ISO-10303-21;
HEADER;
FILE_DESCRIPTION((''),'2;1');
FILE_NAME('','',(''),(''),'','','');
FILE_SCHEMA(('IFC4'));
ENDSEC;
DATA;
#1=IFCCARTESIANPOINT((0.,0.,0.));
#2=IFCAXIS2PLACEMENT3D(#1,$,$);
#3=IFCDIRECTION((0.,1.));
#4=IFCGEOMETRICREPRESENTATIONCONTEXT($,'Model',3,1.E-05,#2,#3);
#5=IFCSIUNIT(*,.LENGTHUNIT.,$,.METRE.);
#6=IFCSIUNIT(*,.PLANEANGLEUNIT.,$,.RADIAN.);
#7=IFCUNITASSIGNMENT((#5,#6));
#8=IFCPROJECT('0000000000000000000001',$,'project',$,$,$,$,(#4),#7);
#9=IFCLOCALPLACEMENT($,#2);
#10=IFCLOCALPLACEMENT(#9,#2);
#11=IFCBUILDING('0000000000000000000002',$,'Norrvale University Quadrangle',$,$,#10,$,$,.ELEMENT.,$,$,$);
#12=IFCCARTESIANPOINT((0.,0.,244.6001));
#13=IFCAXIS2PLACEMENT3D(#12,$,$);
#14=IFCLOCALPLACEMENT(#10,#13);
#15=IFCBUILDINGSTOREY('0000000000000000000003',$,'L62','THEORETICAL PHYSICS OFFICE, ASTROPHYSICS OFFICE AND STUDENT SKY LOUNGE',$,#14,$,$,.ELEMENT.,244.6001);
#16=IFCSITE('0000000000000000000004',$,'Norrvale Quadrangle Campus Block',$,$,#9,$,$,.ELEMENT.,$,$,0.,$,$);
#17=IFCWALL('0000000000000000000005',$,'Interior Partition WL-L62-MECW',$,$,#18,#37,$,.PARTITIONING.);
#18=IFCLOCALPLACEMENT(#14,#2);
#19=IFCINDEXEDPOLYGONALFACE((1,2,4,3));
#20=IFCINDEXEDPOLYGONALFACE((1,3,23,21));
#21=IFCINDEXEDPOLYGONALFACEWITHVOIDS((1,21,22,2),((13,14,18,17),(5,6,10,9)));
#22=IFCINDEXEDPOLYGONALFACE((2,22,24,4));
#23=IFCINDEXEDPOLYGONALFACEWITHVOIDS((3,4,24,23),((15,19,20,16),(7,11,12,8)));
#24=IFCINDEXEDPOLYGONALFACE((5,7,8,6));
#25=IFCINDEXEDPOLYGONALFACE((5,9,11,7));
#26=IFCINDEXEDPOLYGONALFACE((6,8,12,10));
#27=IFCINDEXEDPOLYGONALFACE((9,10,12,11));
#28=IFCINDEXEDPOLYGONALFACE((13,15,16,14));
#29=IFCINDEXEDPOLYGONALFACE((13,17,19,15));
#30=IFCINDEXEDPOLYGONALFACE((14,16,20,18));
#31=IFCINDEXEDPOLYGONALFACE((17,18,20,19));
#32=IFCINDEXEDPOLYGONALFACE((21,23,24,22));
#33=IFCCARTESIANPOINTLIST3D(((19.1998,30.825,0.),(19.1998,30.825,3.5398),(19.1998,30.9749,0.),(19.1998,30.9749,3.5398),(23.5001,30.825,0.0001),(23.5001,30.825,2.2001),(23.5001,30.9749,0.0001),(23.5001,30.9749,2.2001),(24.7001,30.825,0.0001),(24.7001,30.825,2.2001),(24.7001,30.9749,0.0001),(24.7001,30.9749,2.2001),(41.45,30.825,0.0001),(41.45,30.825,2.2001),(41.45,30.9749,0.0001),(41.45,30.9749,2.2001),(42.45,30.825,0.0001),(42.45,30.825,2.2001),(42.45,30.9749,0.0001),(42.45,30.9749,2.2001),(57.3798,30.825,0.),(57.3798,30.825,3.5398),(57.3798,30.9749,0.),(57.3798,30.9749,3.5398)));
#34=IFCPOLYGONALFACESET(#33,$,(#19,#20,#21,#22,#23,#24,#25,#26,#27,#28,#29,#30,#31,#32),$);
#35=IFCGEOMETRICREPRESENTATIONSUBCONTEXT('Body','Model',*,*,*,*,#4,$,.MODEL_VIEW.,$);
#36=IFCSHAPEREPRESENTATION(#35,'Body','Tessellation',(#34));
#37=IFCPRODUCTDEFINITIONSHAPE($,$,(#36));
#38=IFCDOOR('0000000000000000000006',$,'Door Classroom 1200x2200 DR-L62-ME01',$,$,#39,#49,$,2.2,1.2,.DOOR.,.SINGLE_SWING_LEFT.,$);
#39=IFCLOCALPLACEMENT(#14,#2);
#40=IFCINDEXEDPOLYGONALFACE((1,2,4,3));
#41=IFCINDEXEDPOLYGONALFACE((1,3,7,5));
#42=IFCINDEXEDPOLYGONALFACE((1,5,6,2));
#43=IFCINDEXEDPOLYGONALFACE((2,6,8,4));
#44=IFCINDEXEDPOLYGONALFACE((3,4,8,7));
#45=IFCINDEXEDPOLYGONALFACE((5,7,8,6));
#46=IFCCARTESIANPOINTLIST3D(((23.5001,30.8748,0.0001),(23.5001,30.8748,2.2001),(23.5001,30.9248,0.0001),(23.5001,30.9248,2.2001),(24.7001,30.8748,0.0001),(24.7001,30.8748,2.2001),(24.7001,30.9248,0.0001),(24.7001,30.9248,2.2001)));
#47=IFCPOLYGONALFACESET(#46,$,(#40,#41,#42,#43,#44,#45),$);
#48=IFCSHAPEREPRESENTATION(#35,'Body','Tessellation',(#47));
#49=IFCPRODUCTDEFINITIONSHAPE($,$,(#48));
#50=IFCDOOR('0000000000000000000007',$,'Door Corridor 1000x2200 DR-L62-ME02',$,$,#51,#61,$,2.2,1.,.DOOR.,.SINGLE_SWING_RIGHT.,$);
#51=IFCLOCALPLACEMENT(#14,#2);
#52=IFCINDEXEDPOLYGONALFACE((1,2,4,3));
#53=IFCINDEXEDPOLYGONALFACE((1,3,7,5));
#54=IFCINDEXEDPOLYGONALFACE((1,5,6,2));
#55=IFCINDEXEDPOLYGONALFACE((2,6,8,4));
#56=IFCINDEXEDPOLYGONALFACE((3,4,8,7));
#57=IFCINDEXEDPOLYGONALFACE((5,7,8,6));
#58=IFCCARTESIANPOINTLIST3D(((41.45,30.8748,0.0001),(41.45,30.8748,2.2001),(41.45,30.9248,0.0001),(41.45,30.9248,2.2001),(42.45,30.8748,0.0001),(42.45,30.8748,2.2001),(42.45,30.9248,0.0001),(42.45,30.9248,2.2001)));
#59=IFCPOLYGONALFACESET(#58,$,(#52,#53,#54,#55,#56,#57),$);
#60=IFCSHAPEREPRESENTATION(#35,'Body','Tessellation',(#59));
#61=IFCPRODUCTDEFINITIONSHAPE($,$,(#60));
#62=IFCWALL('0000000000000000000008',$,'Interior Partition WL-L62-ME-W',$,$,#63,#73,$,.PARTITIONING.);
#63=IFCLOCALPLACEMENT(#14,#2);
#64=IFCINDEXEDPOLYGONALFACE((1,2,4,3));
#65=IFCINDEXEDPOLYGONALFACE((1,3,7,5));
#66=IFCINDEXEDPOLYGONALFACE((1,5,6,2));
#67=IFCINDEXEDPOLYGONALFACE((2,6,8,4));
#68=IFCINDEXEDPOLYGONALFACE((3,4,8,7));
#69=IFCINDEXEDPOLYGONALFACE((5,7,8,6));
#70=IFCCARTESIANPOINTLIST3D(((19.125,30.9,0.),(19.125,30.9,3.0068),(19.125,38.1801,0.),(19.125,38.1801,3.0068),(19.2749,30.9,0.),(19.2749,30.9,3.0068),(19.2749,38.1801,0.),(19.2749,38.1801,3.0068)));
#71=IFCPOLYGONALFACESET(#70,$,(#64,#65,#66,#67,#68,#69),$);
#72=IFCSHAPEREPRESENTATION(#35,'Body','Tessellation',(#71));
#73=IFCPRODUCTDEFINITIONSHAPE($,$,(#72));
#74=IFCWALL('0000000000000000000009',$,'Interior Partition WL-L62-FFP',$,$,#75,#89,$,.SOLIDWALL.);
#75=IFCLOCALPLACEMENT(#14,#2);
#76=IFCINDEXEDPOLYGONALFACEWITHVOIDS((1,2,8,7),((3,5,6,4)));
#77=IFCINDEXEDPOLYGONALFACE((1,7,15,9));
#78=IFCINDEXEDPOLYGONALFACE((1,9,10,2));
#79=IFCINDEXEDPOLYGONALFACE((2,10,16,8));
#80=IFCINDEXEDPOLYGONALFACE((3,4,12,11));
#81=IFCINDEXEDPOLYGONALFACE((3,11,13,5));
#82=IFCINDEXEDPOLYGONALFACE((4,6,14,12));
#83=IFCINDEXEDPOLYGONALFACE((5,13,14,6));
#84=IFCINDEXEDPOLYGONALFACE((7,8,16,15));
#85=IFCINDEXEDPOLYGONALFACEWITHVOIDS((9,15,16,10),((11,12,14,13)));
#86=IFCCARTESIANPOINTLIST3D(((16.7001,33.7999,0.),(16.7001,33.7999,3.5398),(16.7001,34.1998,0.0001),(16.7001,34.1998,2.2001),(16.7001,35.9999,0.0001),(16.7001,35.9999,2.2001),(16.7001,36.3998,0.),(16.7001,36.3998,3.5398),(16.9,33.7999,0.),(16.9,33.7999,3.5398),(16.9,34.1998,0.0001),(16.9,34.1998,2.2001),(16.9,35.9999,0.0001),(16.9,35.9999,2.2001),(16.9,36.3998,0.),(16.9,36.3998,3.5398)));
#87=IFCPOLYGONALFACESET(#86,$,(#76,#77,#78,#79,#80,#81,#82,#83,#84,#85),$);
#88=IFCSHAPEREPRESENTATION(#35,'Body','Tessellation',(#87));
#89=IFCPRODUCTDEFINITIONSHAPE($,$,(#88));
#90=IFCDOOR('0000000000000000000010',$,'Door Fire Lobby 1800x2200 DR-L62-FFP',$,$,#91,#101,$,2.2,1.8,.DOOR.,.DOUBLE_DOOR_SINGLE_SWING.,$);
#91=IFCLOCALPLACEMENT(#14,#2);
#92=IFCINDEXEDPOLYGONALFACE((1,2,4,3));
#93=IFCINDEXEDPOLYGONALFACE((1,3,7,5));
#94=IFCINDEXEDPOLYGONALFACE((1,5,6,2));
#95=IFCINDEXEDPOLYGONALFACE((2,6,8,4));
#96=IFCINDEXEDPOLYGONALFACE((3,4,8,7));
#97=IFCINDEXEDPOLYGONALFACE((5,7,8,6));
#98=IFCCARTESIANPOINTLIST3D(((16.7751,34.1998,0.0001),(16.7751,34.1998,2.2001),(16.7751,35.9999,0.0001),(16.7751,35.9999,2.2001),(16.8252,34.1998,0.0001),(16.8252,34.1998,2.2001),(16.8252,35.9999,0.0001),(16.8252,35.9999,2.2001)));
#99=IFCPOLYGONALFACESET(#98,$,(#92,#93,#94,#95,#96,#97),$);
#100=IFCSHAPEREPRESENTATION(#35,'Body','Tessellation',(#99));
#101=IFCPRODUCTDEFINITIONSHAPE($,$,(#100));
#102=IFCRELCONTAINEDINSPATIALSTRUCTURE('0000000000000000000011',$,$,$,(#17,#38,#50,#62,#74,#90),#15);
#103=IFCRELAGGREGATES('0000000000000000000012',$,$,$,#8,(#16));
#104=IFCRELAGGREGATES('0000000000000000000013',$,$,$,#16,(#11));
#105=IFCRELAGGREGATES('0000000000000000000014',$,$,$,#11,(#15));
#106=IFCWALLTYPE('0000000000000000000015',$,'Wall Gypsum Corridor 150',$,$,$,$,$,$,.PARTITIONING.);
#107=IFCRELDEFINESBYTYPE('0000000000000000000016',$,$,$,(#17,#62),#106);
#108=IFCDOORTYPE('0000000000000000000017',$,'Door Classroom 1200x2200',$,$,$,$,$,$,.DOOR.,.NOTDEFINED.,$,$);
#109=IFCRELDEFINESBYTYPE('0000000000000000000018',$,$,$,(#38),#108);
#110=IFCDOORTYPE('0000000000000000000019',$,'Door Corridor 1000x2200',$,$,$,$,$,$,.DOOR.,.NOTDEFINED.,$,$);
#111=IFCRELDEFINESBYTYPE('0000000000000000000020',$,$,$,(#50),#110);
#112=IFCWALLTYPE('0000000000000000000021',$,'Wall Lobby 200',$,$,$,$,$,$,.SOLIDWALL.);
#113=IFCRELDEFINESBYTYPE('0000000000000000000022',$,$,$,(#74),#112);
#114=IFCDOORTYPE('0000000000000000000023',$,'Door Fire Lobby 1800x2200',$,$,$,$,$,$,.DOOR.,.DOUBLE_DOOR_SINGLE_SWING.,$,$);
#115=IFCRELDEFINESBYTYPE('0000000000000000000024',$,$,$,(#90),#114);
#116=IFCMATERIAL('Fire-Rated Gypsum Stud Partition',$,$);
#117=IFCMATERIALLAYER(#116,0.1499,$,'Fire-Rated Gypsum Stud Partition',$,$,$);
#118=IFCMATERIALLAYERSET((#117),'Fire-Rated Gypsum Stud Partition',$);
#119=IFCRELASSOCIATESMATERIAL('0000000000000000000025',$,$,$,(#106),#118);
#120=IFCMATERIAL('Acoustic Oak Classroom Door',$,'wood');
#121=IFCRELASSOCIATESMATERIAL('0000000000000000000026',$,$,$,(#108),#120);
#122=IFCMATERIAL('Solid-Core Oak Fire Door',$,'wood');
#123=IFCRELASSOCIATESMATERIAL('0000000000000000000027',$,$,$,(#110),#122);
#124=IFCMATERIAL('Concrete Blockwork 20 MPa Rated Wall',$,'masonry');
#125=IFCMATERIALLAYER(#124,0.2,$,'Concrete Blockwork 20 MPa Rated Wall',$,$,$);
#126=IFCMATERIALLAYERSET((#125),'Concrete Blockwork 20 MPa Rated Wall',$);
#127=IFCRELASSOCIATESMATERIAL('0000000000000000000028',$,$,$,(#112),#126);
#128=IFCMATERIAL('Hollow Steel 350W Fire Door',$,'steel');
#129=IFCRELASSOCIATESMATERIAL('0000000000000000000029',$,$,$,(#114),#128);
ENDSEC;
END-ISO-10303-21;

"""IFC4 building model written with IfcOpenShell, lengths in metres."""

from ifc_helpers import new_model, si_unit, direction, frame, frame_2d, origin, place, context, subcontext, project, spatial, rectangle, extrude, material, layer, layer_set, type_object, element, fill, save


model = new_model("IFC4")

# Units and contexts
model_context = context("Model", 3, precision=1e-05, world=origin(), true_north=direction((0.0, 1.0)))
body_context = subcontext(model_context, "Body", "Model", "MODEL_VIEW")
ifc_project = project(units=[si_unit("LENGTHUNIT", "METRE"), si_unit("PLANEANGLEUNIT", "RADIAN")], contexts=[model_context])

# Site, building, storey
site_placement = place(None, origin())
site = spatial("IfcSite", under=ifc_project, at=site_placement, Name="Norrvale Quadrangle Campus Block", CompositionType="ELEMENT", RefElevation=0.0)
building_placement = place(site_placement, origin())
building = spatial("IfcBuilding", under=site, at=building_placement, Name="Norrvale University Quadrangle", CompositionType="ELEMENT")
storey_placement = place(building_placement, frame((0.0, 0.0, 244.6001)))
storey = spatial("IfcBuildingStorey", under=building, at=storey_placement, Name="L62", Description="THEORETICAL PHYSICS OFFICE, ASTROPHYSICS OFFICE AND STUDENT SKY LOUNGE", CompositionType="ELEMENT", Elevation=244.6001)

# Shared definitions
ifc_material_1 = material(Name="Fire-Rated Gypsum Stud Partition")
ifc_layer_1 = layer(ifc_material_1, 0.1499, Name="Fire-Rated Gypsum Stud Partition")
ifc_layer_set_1 = layer_set([ifc_layer_1], Name="Fire-Rated Gypsum Stud Partition")
wall_type_1 = type_object("IfcWallType", Name="Wall Gypsum Corridor 150", PredefinedType="PARTITIONING", material=ifc_layer_set_1)

# Wall, openings, doors
wall_1_placement = place(storey_placement, frame((19.2, 30.8999, 0.0), z_axis=(0.0, 0.0, 1.0), x_axis=(1.0, 0.0, 0.0)))
wall_1 = element("IfcWall", 1, at=wall_1_placement, inside=storey, type_object=wall_type_1, Name="Interior Partition WL-L62-MECW", PredefinedType="PARTITIONING", context=body_context, shape_type="SweptSolid", body=[
    extrude(rectangle(XDim=38.1799, YDim=0.1499, at=frame_2d((19.0898, 0.0))), origin(), (0.0, 0.0, 1.0), 3.5398),
])
opening_1_placement = place(wall_1_placement, frame((4.3, 0.0, 0.0)))
opening_1 = element("IfcOpeningElement", 2, at=opening_1_placement, cuts=wall_1, PredefinedType="OPENING", context=body_context, shape_type="SweptSolid", body=[
    extrude(rectangle(XDim=1.2, YDim=2.2, at=frame_2d((0.6001, 1.1001))), frame((0.0, 0.0869, 0.0), z_axis=(0.0, -1.0, 0.0), x_axis=(1.0, 0.0, 0.0)), (0.0, 0.0, 1.0), 0.1738),
])
opening_2_placement = place(wall_1_placement, frame((22.25, 0.0, 0.0)))
opening_2 = element("IfcOpeningElement", 3, at=opening_2_placement, cuts=wall_1, PredefinedType="OPENING", context=body_context, shape_type="SweptSolid", body=[
    extrude(rectangle(XDim=1.0, YDim=2.2, at=frame_2d((0.5, 1.1001))), frame((0.0, 0.0869, 0.0), z_axis=(0.0, -1.0, 0.0), x_axis=(1.0, 0.0, 0.0)), (0.0, 0.0, 1.0), 0.1738),
])
ifc_material_2 = material(Name="Acoustic Oak Classroom Door", Category="wood")
door_type_1 = type_object("IfcDoorType", Name="Door Classroom 1200x2200", OperationType="NOTDEFINED", PredefinedType="DOOR", material=ifc_material_2)
door_1_placement = place(opening_1_placement, origin())
door_1 = element("IfcDoor", 4, at=door_1_placement, inside=storey, type_object=door_type_1, Name="Door Classroom 1200x2200 DR-L62-ME01", OperationType="SINGLE_SWING_LEFT", OverallHeight=2.2, OverallWidth=1.2, PredefinedType="DOOR", context=body_context, shape_type="SweptSolid", body=[
    extrude(rectangle(XDim=1.2, YDim=2.2, at=frame_2d((0.6001, 1.1001))), frame((0.0, 0.0249, 0.0), z_axis=(0.0, -1.0, 0.0), x_axis=(1.0, 0.0, 0.0)), (0.0, 0.0, 1.0), 0.05),
])
fill(opening_1, door_1)
ifc_material_3 = material(Name="Solid-Core Oak Fire Door", Category="wood")
door_type_2 = type_object("IfcDoorType", Name="Door Corridor 1000x2200", OperationType="NOTDEFINED", PredefinedType="DOOR", material=ifc_material_3)
door_2_placement = place(opening_2_placement, origin())
door_2 = element("IfcDoor", 5, at=door_2_placement, inside=storey, type_object=door_type_2, Name="Door Corridor 1000x2200 DR-L62-ME02", OperationType="SINGLE_SWING_RIGHT", OverallHeight=2.2, OverallWidth=1.0, PredefinedType="DOOR", context=body_context, shape_type="SweptSolid", body=[
    extrude(rectangle(XDim=1.0, YDim=2.2, at=frame_2d((0.5, 1.1001))), frame((0.0, 0.0249, 0.0), z_axis=(0.0, -1.0, 0.0), x_axis=(1.0, 0.0, 0.0)), (0.0, 0.0, 1.0), 0.05),
])
fill(opening_2, door_2)

# Wall
wall_2_placement = place(storey_placement, frame((19.2, 30.8999, 0.0), z_axis=(0.0, 0.0, 1.0), x_axis=(0.0, 1.0, 0.0)))
element("IfcWall", 6, at=wall_2_placement, inside=storey, type_object=wall_type_1, Name="Interior Partition WL-L62-ME-W", PredefinedType="PARTITIONING", context=body_context, shape_type="SweptSolid", body=[
    extrude(rectangle(XDim=7.28, YDim=0.1499, at=frame_2d((3.6401, 0.0))), origin(), (0.0, 0.0, 1.0), 3.0068),
])

# Wall, opening, door
ifc_material_4 = material(Name="Concrete Blockwork 20 MPa Rated Wall", Category="masonry")
ifc_layer_2 = layer(ifc_material_4, 0.2, Name="Concrete Blockwork 20 MPa Rated Wall")
ifc_layer_set_2 = layer_set([ifc_layer_2], Name="Concrete Blockwork 20 MPa Rated Wall")
wall_type_2 = type_object("IfcWallType", Name="Wall Lobby 200", PredefinedType="SOLIDWALL", material=ifc_layer_set_2)
wall_3_placement = place(storey_placement, frame((16.8, 33.8, 0.0), z_axis=(0.0, 0.0, 1.0), x_axis=(0.0, 1.0, 0.0)))
wall_3 = element("IfcWall", 7, at=wall_3_placement, inside=storey, type_object=wall_type_2, Name="Interior Partition WL-L62-FFP", PredefinedType="SOLIDWALL", context=body_context, shape_type="SweptSolid", body=[
    extrude(rectangle(XDim=2.5999, YDim=0.2, at=frame_2d((1.2998, 0.0))), origin(), (0.0, 0.0, 1.0), 3.5398),
])
opening_3_placement = place(wall_3_placement, frame((0.3999, 0.0, 0.0)))
opening_3 = element("IfcOpeningElement", 8, at=opening_3_placement, cuts=wall_3, PredefinedType="OPENING", context=body_context, shape_type="SweptSolid", body=[
    extrude(rectangle(XDim=1.8, YDim=2.2, at=frame_2d((0.8999, 1.1001))), frame((0.0, 0.1121, 0.0), z_axis=(0.0, -1.0, 0.0), x_axis=(1.0, 0.0, 0.0)), (0.0, 0.0, 1.0), 0.2239),
])
ifc_material_5 = material(Name="Hollow Steel 350W Fire Door", Category="steel")
door_type_3 = type_object("IfcDoorType", Name="Door Fire Lobby 1800x2200", OperationType="DOUBLE_DOOR_SINGLE_SWING", PredefinedType="DOOR", material=ifc_material_5)
door_3_placement = place(opening_3_placement, origin())
door_3 = element("IfcDoor", 9, at=door_3_placement, inside=storey, type_object=door_type_3, Name="Door Fire Lobby 1800x2200 DR-L62-FFP", OperationType="DOUBLE_DOOR_SINGLE_SWING", OverallHeight=2.2, OverallWidth=1.8, PredefinedType="DOOR", context=body_context, shape_type="SweptSolid", body=[
    extrude(rectangle(XDim=1.8, YDim=2.2, at=frame_2d((0.8999, 1.1001))), frame((0.0, 0.0249, 0.0), z_axis=(0.0, -1.0, 0.0), x_axis=(1.0, 0.0, 0.0)), (0.0, 0.0, 1.0), 0.05),
])
fill(opening_3, door_3)

save(model, "model.ifc")
